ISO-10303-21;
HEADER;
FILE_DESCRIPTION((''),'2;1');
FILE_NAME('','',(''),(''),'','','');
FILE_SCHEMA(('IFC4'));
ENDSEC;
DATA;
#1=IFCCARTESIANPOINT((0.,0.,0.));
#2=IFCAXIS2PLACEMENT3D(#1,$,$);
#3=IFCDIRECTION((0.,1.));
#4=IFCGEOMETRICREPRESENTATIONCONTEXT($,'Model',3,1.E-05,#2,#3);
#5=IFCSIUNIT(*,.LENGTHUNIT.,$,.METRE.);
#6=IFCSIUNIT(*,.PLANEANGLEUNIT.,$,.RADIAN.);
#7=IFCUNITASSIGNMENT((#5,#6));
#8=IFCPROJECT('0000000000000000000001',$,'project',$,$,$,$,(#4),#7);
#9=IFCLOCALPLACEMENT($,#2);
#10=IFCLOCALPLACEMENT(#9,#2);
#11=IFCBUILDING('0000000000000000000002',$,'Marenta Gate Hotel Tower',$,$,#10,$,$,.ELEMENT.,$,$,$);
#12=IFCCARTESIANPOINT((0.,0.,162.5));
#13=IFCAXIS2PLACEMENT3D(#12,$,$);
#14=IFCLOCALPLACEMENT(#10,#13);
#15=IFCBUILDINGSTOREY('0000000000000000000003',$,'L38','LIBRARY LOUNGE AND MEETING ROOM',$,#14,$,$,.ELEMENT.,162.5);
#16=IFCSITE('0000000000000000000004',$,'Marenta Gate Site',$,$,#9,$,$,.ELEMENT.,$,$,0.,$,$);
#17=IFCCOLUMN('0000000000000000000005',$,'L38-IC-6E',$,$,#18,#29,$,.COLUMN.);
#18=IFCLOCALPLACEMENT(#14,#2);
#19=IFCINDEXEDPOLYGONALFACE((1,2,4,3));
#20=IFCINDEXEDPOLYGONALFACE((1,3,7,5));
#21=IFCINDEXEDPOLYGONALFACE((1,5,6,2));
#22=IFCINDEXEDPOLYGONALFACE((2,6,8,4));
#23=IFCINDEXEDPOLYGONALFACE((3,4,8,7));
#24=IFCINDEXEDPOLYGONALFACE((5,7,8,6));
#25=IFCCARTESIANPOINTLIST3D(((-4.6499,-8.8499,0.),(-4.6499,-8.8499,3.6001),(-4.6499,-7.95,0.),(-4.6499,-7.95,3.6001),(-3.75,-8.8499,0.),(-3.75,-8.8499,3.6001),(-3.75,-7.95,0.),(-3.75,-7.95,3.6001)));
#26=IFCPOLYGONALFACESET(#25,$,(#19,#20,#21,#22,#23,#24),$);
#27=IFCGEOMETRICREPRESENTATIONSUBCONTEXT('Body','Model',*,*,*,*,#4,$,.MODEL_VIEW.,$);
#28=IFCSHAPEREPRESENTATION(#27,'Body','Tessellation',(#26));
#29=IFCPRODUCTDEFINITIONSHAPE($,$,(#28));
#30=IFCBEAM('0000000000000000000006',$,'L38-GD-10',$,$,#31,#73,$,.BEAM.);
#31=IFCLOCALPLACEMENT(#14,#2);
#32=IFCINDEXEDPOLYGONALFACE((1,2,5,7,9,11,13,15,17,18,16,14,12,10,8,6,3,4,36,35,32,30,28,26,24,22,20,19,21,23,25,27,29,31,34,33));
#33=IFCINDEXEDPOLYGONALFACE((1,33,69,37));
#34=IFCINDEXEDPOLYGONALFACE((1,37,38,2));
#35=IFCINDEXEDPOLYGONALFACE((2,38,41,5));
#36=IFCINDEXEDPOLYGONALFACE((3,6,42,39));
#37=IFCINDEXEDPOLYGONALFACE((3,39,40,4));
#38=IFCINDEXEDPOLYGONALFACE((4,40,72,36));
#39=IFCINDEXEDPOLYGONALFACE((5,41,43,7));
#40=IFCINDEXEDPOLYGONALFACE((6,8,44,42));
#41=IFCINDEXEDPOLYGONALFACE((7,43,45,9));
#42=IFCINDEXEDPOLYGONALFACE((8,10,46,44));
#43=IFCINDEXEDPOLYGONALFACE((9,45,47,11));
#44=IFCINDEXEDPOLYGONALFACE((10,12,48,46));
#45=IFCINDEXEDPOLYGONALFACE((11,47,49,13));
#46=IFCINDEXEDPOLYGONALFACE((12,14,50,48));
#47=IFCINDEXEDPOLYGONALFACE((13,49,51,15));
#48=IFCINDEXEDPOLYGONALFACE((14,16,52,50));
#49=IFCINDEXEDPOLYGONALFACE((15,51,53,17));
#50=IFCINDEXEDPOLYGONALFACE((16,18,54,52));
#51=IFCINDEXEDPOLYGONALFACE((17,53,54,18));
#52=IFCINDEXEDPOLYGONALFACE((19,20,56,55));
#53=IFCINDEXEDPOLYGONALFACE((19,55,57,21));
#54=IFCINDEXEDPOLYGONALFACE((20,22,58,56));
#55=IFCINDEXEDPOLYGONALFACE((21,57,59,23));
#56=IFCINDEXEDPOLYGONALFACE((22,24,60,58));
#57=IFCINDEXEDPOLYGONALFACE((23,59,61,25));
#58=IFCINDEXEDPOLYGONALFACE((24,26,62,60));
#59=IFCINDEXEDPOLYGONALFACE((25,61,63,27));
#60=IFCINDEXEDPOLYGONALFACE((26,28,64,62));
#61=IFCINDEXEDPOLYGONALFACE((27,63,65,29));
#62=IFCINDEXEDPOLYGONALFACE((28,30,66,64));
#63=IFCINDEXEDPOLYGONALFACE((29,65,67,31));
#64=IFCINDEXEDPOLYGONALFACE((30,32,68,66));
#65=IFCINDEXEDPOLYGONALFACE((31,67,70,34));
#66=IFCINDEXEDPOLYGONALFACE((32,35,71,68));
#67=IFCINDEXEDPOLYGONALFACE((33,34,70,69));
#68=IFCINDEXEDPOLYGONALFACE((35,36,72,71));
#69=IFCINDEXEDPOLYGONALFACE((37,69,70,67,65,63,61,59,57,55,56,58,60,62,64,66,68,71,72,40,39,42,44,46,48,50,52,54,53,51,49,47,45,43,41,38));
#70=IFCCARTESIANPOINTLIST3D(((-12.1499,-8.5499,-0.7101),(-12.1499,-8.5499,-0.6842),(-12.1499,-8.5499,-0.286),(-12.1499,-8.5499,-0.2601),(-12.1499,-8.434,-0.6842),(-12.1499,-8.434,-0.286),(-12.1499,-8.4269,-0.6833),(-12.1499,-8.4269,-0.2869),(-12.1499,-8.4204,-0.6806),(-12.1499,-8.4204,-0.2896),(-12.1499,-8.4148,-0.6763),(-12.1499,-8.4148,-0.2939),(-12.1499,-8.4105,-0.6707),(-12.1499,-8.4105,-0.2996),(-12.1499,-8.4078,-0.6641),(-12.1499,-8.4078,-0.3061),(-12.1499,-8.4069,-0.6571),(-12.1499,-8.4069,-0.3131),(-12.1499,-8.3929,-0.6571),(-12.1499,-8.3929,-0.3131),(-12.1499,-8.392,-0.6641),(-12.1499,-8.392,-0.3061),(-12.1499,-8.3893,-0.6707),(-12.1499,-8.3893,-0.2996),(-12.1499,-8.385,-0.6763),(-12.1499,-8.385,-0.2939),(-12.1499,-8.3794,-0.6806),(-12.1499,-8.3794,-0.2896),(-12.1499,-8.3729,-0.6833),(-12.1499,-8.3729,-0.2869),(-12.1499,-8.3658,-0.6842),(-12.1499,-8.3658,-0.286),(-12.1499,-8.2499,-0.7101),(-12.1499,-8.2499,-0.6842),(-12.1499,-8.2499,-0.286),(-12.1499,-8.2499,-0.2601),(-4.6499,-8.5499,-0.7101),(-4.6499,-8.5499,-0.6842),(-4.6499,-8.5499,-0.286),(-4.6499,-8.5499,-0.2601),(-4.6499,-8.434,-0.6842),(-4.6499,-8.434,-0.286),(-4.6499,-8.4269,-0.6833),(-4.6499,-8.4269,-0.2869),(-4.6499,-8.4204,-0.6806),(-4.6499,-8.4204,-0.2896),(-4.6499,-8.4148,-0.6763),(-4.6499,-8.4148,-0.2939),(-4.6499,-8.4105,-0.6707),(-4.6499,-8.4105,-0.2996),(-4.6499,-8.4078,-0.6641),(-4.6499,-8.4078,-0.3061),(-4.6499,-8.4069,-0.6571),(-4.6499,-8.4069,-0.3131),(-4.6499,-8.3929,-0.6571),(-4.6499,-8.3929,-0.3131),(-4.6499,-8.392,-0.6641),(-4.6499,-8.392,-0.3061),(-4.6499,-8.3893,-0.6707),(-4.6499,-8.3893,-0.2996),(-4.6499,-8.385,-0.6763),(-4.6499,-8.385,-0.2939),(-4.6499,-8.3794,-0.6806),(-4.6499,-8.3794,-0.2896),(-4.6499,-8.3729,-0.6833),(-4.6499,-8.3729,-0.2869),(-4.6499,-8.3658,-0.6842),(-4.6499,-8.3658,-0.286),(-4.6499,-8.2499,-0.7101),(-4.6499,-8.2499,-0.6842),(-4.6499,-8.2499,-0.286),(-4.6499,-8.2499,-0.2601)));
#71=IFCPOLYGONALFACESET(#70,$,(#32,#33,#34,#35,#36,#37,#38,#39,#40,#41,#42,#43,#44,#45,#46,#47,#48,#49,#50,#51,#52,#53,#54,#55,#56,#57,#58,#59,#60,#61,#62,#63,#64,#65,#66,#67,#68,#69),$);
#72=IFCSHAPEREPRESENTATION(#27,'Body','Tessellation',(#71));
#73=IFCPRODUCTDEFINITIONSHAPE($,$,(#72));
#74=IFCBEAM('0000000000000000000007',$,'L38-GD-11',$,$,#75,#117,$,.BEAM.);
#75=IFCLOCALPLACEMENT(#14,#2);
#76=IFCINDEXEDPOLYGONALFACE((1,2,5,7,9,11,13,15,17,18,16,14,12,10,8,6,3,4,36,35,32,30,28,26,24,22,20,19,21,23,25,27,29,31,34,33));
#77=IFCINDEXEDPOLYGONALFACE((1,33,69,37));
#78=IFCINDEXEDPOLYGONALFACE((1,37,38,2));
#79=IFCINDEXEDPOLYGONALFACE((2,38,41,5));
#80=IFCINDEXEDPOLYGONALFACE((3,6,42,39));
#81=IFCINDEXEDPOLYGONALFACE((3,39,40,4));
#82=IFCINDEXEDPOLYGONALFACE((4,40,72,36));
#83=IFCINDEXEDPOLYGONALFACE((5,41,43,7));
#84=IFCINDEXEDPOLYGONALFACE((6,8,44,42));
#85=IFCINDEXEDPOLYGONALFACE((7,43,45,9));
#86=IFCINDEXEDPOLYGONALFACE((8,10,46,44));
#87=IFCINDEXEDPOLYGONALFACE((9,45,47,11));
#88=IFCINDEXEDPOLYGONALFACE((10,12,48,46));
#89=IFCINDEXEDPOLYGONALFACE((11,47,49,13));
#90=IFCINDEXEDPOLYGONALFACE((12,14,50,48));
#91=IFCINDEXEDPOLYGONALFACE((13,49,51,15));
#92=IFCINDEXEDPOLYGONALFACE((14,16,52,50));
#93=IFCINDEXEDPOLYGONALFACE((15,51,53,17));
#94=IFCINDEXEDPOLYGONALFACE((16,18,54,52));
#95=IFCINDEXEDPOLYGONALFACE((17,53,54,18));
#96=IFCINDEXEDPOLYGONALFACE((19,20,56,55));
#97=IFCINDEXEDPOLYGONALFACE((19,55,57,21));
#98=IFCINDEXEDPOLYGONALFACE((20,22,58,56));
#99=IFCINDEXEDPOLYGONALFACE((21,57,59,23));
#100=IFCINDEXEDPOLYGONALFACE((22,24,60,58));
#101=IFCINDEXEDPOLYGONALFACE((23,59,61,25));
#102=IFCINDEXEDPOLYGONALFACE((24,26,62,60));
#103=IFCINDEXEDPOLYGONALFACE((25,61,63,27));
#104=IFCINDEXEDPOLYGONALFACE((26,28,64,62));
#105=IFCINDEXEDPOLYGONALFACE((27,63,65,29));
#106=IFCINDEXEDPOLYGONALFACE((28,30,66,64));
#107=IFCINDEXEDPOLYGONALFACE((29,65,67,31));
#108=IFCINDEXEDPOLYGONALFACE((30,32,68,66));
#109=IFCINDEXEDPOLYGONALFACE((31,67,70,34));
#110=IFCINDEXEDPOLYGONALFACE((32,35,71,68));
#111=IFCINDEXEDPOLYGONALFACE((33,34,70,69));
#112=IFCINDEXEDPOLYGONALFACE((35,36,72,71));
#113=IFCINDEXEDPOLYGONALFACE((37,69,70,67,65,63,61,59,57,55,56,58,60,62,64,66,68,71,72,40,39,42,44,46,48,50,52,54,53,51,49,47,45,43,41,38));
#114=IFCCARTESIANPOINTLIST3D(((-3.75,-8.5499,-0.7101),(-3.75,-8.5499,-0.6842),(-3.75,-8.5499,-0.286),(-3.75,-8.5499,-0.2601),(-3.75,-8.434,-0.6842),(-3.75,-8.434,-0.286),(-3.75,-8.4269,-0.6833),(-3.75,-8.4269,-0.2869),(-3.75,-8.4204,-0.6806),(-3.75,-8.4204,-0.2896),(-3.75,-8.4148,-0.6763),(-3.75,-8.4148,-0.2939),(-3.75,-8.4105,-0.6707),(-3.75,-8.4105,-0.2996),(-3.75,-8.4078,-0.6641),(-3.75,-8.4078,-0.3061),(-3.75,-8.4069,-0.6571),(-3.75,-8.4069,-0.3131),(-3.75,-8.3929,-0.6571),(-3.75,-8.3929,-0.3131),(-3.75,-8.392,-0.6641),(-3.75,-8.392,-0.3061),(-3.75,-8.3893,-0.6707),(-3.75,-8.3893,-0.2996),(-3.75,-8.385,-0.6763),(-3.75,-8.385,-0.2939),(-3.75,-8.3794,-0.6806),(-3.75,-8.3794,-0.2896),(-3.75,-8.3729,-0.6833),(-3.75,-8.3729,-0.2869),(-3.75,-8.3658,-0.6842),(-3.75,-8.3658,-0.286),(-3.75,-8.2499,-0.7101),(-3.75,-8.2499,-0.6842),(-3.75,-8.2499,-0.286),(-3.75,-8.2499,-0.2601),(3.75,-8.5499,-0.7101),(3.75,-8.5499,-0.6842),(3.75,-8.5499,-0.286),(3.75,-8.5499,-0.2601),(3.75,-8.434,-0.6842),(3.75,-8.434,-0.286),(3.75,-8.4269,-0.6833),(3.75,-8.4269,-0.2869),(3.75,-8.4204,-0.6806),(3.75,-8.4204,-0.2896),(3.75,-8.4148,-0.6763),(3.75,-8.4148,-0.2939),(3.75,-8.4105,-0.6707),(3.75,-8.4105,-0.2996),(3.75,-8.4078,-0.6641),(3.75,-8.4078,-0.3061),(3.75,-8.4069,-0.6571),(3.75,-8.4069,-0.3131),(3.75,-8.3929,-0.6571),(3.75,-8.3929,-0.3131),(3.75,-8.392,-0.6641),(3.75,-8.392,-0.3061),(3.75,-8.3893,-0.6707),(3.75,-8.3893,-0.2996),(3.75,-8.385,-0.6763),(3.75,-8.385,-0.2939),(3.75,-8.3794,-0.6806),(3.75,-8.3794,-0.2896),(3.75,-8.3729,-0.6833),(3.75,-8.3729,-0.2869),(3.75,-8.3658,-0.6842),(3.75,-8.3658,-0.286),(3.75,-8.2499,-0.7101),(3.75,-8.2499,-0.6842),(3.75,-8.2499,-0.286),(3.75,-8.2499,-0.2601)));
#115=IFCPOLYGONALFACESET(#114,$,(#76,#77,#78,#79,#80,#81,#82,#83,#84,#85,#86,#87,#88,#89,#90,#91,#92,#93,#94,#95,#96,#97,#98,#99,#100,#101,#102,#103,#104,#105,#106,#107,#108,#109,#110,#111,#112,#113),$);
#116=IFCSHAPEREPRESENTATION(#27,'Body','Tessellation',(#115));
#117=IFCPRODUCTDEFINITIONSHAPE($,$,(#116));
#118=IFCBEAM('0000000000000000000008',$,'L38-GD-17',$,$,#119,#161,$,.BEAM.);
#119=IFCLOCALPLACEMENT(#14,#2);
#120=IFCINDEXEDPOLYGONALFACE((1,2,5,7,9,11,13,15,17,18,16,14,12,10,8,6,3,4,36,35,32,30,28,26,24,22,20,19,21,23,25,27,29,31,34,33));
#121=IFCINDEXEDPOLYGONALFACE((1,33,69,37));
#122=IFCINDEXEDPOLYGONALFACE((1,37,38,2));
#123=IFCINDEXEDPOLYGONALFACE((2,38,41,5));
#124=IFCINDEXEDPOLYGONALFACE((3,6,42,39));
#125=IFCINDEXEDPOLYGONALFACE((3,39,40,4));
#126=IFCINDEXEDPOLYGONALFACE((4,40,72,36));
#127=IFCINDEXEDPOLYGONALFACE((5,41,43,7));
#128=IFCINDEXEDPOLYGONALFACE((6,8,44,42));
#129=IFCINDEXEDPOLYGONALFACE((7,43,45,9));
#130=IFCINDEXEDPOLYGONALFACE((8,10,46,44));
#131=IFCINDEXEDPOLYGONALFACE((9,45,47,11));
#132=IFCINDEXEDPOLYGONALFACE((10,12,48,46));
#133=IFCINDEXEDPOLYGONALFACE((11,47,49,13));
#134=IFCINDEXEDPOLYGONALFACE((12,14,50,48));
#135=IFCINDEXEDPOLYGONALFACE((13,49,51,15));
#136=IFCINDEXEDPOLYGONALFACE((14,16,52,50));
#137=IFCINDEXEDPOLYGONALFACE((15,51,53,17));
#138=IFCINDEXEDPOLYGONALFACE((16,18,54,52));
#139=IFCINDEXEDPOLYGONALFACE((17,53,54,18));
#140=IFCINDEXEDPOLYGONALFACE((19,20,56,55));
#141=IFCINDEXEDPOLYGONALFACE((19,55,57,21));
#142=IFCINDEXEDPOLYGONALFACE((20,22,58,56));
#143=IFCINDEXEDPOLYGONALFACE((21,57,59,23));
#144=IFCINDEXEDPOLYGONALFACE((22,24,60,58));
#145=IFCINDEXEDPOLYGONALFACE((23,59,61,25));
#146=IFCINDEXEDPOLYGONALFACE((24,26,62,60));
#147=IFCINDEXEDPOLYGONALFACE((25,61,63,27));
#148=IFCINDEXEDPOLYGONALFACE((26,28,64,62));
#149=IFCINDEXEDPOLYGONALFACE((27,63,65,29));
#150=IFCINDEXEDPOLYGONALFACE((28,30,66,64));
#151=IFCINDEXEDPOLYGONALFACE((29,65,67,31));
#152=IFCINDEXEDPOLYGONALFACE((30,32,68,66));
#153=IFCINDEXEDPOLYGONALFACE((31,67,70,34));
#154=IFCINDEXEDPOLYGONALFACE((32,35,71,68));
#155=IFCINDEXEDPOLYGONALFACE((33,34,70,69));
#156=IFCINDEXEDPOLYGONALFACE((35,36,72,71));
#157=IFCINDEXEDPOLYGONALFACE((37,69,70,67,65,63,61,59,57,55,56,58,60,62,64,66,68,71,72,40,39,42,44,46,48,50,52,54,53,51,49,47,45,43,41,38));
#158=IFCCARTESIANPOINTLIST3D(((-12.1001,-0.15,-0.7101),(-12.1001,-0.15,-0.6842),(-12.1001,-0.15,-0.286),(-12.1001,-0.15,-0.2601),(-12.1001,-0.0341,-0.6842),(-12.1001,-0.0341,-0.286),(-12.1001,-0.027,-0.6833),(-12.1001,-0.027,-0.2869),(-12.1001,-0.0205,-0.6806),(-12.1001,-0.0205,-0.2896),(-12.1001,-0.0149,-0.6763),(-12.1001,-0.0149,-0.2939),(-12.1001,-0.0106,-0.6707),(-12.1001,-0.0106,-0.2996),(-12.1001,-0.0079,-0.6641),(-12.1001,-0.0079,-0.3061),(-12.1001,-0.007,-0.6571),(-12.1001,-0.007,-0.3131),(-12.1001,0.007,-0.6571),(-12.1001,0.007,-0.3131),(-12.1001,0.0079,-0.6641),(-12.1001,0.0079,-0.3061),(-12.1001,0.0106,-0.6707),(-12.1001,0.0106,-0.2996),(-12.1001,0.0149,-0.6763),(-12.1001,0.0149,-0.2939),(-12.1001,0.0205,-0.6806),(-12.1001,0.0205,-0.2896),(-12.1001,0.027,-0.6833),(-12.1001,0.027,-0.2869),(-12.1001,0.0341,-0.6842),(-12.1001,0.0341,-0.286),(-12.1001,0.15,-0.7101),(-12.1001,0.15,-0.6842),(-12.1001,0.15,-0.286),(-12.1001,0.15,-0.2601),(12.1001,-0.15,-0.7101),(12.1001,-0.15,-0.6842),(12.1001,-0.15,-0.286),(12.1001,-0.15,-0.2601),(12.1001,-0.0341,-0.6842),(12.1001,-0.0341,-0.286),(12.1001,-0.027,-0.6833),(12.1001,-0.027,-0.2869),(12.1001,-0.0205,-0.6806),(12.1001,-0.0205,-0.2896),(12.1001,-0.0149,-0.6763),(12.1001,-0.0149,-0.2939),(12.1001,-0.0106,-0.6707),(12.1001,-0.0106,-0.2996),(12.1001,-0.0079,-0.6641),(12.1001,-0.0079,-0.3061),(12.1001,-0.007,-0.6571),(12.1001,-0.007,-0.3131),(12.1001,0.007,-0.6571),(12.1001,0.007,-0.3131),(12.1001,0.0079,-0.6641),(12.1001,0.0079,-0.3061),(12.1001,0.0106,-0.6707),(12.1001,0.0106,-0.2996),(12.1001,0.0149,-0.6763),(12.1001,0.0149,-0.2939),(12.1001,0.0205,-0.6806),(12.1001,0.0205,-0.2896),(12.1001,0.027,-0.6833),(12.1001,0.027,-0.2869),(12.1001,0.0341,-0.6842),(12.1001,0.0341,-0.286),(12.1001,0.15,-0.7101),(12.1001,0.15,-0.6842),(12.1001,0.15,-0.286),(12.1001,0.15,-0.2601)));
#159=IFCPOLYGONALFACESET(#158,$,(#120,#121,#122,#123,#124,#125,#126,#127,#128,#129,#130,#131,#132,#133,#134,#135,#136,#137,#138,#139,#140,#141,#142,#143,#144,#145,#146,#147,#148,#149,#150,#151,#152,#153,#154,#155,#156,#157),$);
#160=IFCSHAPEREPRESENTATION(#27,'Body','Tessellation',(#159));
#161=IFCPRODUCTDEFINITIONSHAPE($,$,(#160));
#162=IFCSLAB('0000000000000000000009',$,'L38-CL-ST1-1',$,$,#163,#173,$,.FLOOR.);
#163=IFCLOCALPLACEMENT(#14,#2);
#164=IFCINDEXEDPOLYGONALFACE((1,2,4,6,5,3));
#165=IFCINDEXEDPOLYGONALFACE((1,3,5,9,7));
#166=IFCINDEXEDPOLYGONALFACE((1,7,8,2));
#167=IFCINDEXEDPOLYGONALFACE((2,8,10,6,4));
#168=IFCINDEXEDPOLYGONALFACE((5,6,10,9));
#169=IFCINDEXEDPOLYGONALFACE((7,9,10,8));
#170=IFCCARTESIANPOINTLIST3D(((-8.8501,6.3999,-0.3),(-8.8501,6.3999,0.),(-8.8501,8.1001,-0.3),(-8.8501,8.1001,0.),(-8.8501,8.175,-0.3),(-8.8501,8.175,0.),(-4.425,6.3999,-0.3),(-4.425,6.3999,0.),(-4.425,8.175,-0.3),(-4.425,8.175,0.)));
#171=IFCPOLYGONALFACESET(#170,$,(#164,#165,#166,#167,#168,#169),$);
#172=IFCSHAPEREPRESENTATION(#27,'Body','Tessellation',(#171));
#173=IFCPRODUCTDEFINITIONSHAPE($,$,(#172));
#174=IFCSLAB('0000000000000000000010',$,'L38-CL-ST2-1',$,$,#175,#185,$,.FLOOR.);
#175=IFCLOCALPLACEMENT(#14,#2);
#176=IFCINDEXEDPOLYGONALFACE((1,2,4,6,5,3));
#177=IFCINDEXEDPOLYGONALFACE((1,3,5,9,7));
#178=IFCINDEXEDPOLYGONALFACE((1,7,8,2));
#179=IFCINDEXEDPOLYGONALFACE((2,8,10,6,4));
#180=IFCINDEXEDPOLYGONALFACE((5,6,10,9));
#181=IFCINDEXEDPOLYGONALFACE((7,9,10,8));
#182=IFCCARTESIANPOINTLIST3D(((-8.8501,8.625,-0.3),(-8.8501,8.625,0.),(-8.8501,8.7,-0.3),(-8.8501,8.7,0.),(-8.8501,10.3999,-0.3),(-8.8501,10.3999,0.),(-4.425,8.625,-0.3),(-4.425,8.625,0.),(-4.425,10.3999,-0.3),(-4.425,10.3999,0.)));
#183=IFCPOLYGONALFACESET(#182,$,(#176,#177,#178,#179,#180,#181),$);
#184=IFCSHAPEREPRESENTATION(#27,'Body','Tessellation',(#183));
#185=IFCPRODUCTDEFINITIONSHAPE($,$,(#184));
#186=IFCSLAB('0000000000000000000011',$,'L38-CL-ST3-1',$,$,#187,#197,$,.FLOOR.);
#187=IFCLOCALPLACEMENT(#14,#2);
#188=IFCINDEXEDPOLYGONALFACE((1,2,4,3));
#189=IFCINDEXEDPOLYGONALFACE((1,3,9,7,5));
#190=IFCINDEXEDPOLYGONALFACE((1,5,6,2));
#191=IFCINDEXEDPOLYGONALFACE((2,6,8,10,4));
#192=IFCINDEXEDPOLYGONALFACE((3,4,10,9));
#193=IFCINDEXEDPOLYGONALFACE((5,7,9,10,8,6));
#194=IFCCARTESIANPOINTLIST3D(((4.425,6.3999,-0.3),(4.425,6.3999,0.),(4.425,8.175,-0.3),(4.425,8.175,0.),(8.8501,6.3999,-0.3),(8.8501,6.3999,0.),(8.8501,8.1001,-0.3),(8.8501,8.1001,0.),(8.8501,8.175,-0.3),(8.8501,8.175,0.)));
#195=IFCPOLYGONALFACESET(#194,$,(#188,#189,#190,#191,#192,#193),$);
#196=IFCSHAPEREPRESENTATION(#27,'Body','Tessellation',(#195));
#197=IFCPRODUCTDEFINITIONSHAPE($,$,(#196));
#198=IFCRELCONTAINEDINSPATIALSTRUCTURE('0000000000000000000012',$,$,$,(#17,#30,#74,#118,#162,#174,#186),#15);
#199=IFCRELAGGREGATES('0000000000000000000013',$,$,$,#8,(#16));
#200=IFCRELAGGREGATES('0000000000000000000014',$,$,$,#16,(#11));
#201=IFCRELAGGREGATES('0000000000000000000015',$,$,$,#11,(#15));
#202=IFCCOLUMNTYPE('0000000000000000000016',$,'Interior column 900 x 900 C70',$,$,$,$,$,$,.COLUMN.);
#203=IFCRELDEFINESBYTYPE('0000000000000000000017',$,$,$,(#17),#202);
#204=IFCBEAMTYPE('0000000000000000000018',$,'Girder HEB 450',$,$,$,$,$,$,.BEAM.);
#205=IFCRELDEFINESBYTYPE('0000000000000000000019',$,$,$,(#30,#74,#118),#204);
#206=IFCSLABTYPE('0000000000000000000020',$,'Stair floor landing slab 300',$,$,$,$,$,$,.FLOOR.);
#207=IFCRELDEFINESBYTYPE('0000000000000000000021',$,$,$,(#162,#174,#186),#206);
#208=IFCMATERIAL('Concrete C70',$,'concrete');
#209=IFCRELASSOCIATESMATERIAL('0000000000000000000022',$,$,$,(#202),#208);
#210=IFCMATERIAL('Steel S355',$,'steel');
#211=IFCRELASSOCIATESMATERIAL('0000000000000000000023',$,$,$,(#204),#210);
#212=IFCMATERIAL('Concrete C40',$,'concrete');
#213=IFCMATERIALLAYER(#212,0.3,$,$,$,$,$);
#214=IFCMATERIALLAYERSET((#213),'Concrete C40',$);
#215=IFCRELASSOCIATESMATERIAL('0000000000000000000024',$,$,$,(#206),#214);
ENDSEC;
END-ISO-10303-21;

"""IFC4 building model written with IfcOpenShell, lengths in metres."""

from ifc_helpers import new_model, si_unit, direction, frame, origin, origin_2d, place, context, subcontext, project, spatial, polyline, rectangle, i_section, outline, extrude, material, layer, layer_set, material_profile, profile_set, type_object, element, save


model = new_model("IFC4")

# Units and contexts
model_context = context("Model", 3, precision=1e-05, world=origin(), true_north=direction((0.0, 1.0)))
body_context = subcontext(model_context, "Body", "Model", "MODEL_VIEW")
ifc_project = project(units=[si_unit("LENGTHUNIT", "METRE"), si_unit("PLANEANGLEUNIT", "RADIAN")], contexts=[model_context])

# Site, building, storey
site_placement = place(None, origin())
site = spatial("IfcSite", under=ifc_project, at=site_placement, Name="Marenta Gate Site", CompositionType="ELEMENT", RefElevation=0.0)
building_placement = place(site_placement, origin())
building = spatial("IfcBuilding", under=site, at=building_placement, Name="Marenta Gate Hotel Tower", CompositionType="ELEMENT")
storey_placement = place(building_placement, frame((0.0, 0.0, 162.5)))
storey = spatial("IfcBuildingStorey", under=building, at=storey_placement, Name="L38", Description="LIBRARY LOUNGE AND MEETING ROOM", CompositionType="ELEMENT", Elevation=162.5)

# Column
ifc_material_1 = material(Name="Concrete C70", Category="concrete")
ifc_material_profile_1 = material_profile(ifc_material_1, rectangle(XDim=0.8999, YDim=0.8999, at=origin_2d()), Name="900 x 900")
ifc_profile_set_1 = profile_set([ifc_material_profile_1], Name="Concrete C70")
column_type = type_object("IfcColumnType", Name="Interior column 900 x 900 C70", PredefinedType="COLUMN", material=ifc_profile_set_1)
column_placement = place(storey_placement, frame((-4.2, -8.3999, 0.0), z_axis=(0.0, 0.0, 1.0), x_axis=(1.0, 0.0, 0.0)))
element("IfcColumn", 1, at=column_placement, inside=storey, type_object=column_type, Name="L38-IC-6E", PredefinedType="COLUMN", context=body_context, shape_type="SweptSolid", body=[
    extrude(rectangle(XDim=0.8999, YDim=0.8999, at=origin_2d()), origin(), (0.0, 0.0, 1.0), 3.6001),
])

# Beams
ifc_material_2 = material(Name="Steel S355", Category="steel")
ifc_material_profile_2 = material_profile(ifc_material_2, i_section(OverallWidth=0.3, OverallDepth=0.45, WebThickness=0.0139, FlangeThickness=0.0259, FilletRadius=0.0271, at=origin_2d()), Name="HEB 450")
ifc_profile_set_2 = profile_set([ifc_material_profile_2], Name="Steel S355")
beam_type = type_object("IfcBeamType", Name="Girder HEB 450", PredefinedType="BEAM", material=ifc_profile_set_2)
for number, where, z_axis, x_axis, name in (
    (2, (-12.1499, -8.3999, -0.4851), (1.0, 0.0, 0.0), (0.0, 1.0, 0.0), "L38-GD-10"),
    (3, (-3.75, -8.3999, -0.4851), (1.0, 0.0, 0.0), (0.0, 1.0, 0.0), "L38-GD-11"),
):
    element("IfcBeam", number, at=place(storey_placement, frame(where, z_axis=z_axis, x_axis=x_axis)), inside=storey, type_object=beam_type, Name=name, PredefinedType="BEAM", context=body_context, shape_type="SweptSolid", body=[
        extrude(i_section(OverallWidth=0.3, OverallDepth=0.45, WebThickness=0.0139, FlangeThickness=0.0259, FilletRadius=0.0271, at=origin_2d()), origin(), (0.0, 0.0, 1.0), 7.5),
    ])
beam_placement = place(storey_placement, frame((-12.1001, 0.0, -0.4851), z_axis=(1.0, 0.0, 0.0), x_axis=(0.0, 1.0, 0.0)))
element("IfcBeam", 4, at=beam_placement, inside=storey, type_object=beam_type, Name="L38-GD-17", PredefinedType="BEAM", context=body_context, shape_type="SweptSolid", body=[
    extrude(i_section(OverallWidth=0.3, OverallDepth=0.45, WebThickness=0.0139, FlangeThickness=0.0259, FilletRadius=0.0271, at=origin_2d()), origin(), (0.0, 0.0, 1.0), 24.2002),
])

# Slabs
ifc_material_3 = material(Name="Concrete C40", Category="concrete")
ifc_layer_1 = layer(ifc_material_3, 0.3)
ifc_layer_set_1 = layer_set([ifc_layer_1], Name="Concrete C40")
slab_type_1 = type_object("IfcSlabType", Name="Stair floor landing slab 300", PredefinedType="FLOOR", material=ifc_layer_set_1)
slab_1_placement = place(storey_placement, frame((0.0, 0.0, -0.3)))
element("IfcSlab", 5, at=slab_1_placement, inside=storey, type_object=slab_type_1, Name="L38-CL-ST1-1", PredefinedType="FLOOR", context=body_context, shape_type="SweptSolid", body=[
    extrude(outline(polyline([(-4.425, 6.3999), (-8.8501, 6.3999), (-8.8501, 8.1001), (-8.8501, 8.175), (-4.425, 8.175), (-4.425, 6.3999)])), origin(), (0.0, 0.0, 1.0), 0.3),
])
slab_2_placement = place(storey_placement, frame((0.0, 0.0, -0.3)))
element("IfcSlab", 6, at=slab_2_placement, inside=storey, type_object=slab_type_1, Name="L38-CL-ST2-1", PredefinedType="FLOOR", context=body_context, shape_type="SweptSolid", body=[
    extrude(outline(polyline([(-4.425, 8.625), (-8.8501, 8.625), (-8.8501, 8.7), (-8.8501, 10.3999), (-4.425, 10.3999), (-4.425, 8.625)])), origin(), (0.0, 0.0, 1.0), 0.3),
])
slab_3_placement = place(storey_placement, frame((0.0, 0.0, -0.3)))
element("IfcSlab", 7, at=slab_3_placement, inside=storey, type_object=slab_type_1, Name="L38-CL-ST3-1", PredefinedType="FLOOR", context=body_context, shape_type="SweptSolid", body=[
    extrude(outline(polyline([(4.425, 6.3999), (4.425, 8.175), (8.8501, 8.175), (8.8501, 8.1001), (8.8501, 6.3999), (4.425, 6.3999)])), origin(), (0.0, 0.0, 1.0), 0.3),
])

save(model, "model.ifc")
